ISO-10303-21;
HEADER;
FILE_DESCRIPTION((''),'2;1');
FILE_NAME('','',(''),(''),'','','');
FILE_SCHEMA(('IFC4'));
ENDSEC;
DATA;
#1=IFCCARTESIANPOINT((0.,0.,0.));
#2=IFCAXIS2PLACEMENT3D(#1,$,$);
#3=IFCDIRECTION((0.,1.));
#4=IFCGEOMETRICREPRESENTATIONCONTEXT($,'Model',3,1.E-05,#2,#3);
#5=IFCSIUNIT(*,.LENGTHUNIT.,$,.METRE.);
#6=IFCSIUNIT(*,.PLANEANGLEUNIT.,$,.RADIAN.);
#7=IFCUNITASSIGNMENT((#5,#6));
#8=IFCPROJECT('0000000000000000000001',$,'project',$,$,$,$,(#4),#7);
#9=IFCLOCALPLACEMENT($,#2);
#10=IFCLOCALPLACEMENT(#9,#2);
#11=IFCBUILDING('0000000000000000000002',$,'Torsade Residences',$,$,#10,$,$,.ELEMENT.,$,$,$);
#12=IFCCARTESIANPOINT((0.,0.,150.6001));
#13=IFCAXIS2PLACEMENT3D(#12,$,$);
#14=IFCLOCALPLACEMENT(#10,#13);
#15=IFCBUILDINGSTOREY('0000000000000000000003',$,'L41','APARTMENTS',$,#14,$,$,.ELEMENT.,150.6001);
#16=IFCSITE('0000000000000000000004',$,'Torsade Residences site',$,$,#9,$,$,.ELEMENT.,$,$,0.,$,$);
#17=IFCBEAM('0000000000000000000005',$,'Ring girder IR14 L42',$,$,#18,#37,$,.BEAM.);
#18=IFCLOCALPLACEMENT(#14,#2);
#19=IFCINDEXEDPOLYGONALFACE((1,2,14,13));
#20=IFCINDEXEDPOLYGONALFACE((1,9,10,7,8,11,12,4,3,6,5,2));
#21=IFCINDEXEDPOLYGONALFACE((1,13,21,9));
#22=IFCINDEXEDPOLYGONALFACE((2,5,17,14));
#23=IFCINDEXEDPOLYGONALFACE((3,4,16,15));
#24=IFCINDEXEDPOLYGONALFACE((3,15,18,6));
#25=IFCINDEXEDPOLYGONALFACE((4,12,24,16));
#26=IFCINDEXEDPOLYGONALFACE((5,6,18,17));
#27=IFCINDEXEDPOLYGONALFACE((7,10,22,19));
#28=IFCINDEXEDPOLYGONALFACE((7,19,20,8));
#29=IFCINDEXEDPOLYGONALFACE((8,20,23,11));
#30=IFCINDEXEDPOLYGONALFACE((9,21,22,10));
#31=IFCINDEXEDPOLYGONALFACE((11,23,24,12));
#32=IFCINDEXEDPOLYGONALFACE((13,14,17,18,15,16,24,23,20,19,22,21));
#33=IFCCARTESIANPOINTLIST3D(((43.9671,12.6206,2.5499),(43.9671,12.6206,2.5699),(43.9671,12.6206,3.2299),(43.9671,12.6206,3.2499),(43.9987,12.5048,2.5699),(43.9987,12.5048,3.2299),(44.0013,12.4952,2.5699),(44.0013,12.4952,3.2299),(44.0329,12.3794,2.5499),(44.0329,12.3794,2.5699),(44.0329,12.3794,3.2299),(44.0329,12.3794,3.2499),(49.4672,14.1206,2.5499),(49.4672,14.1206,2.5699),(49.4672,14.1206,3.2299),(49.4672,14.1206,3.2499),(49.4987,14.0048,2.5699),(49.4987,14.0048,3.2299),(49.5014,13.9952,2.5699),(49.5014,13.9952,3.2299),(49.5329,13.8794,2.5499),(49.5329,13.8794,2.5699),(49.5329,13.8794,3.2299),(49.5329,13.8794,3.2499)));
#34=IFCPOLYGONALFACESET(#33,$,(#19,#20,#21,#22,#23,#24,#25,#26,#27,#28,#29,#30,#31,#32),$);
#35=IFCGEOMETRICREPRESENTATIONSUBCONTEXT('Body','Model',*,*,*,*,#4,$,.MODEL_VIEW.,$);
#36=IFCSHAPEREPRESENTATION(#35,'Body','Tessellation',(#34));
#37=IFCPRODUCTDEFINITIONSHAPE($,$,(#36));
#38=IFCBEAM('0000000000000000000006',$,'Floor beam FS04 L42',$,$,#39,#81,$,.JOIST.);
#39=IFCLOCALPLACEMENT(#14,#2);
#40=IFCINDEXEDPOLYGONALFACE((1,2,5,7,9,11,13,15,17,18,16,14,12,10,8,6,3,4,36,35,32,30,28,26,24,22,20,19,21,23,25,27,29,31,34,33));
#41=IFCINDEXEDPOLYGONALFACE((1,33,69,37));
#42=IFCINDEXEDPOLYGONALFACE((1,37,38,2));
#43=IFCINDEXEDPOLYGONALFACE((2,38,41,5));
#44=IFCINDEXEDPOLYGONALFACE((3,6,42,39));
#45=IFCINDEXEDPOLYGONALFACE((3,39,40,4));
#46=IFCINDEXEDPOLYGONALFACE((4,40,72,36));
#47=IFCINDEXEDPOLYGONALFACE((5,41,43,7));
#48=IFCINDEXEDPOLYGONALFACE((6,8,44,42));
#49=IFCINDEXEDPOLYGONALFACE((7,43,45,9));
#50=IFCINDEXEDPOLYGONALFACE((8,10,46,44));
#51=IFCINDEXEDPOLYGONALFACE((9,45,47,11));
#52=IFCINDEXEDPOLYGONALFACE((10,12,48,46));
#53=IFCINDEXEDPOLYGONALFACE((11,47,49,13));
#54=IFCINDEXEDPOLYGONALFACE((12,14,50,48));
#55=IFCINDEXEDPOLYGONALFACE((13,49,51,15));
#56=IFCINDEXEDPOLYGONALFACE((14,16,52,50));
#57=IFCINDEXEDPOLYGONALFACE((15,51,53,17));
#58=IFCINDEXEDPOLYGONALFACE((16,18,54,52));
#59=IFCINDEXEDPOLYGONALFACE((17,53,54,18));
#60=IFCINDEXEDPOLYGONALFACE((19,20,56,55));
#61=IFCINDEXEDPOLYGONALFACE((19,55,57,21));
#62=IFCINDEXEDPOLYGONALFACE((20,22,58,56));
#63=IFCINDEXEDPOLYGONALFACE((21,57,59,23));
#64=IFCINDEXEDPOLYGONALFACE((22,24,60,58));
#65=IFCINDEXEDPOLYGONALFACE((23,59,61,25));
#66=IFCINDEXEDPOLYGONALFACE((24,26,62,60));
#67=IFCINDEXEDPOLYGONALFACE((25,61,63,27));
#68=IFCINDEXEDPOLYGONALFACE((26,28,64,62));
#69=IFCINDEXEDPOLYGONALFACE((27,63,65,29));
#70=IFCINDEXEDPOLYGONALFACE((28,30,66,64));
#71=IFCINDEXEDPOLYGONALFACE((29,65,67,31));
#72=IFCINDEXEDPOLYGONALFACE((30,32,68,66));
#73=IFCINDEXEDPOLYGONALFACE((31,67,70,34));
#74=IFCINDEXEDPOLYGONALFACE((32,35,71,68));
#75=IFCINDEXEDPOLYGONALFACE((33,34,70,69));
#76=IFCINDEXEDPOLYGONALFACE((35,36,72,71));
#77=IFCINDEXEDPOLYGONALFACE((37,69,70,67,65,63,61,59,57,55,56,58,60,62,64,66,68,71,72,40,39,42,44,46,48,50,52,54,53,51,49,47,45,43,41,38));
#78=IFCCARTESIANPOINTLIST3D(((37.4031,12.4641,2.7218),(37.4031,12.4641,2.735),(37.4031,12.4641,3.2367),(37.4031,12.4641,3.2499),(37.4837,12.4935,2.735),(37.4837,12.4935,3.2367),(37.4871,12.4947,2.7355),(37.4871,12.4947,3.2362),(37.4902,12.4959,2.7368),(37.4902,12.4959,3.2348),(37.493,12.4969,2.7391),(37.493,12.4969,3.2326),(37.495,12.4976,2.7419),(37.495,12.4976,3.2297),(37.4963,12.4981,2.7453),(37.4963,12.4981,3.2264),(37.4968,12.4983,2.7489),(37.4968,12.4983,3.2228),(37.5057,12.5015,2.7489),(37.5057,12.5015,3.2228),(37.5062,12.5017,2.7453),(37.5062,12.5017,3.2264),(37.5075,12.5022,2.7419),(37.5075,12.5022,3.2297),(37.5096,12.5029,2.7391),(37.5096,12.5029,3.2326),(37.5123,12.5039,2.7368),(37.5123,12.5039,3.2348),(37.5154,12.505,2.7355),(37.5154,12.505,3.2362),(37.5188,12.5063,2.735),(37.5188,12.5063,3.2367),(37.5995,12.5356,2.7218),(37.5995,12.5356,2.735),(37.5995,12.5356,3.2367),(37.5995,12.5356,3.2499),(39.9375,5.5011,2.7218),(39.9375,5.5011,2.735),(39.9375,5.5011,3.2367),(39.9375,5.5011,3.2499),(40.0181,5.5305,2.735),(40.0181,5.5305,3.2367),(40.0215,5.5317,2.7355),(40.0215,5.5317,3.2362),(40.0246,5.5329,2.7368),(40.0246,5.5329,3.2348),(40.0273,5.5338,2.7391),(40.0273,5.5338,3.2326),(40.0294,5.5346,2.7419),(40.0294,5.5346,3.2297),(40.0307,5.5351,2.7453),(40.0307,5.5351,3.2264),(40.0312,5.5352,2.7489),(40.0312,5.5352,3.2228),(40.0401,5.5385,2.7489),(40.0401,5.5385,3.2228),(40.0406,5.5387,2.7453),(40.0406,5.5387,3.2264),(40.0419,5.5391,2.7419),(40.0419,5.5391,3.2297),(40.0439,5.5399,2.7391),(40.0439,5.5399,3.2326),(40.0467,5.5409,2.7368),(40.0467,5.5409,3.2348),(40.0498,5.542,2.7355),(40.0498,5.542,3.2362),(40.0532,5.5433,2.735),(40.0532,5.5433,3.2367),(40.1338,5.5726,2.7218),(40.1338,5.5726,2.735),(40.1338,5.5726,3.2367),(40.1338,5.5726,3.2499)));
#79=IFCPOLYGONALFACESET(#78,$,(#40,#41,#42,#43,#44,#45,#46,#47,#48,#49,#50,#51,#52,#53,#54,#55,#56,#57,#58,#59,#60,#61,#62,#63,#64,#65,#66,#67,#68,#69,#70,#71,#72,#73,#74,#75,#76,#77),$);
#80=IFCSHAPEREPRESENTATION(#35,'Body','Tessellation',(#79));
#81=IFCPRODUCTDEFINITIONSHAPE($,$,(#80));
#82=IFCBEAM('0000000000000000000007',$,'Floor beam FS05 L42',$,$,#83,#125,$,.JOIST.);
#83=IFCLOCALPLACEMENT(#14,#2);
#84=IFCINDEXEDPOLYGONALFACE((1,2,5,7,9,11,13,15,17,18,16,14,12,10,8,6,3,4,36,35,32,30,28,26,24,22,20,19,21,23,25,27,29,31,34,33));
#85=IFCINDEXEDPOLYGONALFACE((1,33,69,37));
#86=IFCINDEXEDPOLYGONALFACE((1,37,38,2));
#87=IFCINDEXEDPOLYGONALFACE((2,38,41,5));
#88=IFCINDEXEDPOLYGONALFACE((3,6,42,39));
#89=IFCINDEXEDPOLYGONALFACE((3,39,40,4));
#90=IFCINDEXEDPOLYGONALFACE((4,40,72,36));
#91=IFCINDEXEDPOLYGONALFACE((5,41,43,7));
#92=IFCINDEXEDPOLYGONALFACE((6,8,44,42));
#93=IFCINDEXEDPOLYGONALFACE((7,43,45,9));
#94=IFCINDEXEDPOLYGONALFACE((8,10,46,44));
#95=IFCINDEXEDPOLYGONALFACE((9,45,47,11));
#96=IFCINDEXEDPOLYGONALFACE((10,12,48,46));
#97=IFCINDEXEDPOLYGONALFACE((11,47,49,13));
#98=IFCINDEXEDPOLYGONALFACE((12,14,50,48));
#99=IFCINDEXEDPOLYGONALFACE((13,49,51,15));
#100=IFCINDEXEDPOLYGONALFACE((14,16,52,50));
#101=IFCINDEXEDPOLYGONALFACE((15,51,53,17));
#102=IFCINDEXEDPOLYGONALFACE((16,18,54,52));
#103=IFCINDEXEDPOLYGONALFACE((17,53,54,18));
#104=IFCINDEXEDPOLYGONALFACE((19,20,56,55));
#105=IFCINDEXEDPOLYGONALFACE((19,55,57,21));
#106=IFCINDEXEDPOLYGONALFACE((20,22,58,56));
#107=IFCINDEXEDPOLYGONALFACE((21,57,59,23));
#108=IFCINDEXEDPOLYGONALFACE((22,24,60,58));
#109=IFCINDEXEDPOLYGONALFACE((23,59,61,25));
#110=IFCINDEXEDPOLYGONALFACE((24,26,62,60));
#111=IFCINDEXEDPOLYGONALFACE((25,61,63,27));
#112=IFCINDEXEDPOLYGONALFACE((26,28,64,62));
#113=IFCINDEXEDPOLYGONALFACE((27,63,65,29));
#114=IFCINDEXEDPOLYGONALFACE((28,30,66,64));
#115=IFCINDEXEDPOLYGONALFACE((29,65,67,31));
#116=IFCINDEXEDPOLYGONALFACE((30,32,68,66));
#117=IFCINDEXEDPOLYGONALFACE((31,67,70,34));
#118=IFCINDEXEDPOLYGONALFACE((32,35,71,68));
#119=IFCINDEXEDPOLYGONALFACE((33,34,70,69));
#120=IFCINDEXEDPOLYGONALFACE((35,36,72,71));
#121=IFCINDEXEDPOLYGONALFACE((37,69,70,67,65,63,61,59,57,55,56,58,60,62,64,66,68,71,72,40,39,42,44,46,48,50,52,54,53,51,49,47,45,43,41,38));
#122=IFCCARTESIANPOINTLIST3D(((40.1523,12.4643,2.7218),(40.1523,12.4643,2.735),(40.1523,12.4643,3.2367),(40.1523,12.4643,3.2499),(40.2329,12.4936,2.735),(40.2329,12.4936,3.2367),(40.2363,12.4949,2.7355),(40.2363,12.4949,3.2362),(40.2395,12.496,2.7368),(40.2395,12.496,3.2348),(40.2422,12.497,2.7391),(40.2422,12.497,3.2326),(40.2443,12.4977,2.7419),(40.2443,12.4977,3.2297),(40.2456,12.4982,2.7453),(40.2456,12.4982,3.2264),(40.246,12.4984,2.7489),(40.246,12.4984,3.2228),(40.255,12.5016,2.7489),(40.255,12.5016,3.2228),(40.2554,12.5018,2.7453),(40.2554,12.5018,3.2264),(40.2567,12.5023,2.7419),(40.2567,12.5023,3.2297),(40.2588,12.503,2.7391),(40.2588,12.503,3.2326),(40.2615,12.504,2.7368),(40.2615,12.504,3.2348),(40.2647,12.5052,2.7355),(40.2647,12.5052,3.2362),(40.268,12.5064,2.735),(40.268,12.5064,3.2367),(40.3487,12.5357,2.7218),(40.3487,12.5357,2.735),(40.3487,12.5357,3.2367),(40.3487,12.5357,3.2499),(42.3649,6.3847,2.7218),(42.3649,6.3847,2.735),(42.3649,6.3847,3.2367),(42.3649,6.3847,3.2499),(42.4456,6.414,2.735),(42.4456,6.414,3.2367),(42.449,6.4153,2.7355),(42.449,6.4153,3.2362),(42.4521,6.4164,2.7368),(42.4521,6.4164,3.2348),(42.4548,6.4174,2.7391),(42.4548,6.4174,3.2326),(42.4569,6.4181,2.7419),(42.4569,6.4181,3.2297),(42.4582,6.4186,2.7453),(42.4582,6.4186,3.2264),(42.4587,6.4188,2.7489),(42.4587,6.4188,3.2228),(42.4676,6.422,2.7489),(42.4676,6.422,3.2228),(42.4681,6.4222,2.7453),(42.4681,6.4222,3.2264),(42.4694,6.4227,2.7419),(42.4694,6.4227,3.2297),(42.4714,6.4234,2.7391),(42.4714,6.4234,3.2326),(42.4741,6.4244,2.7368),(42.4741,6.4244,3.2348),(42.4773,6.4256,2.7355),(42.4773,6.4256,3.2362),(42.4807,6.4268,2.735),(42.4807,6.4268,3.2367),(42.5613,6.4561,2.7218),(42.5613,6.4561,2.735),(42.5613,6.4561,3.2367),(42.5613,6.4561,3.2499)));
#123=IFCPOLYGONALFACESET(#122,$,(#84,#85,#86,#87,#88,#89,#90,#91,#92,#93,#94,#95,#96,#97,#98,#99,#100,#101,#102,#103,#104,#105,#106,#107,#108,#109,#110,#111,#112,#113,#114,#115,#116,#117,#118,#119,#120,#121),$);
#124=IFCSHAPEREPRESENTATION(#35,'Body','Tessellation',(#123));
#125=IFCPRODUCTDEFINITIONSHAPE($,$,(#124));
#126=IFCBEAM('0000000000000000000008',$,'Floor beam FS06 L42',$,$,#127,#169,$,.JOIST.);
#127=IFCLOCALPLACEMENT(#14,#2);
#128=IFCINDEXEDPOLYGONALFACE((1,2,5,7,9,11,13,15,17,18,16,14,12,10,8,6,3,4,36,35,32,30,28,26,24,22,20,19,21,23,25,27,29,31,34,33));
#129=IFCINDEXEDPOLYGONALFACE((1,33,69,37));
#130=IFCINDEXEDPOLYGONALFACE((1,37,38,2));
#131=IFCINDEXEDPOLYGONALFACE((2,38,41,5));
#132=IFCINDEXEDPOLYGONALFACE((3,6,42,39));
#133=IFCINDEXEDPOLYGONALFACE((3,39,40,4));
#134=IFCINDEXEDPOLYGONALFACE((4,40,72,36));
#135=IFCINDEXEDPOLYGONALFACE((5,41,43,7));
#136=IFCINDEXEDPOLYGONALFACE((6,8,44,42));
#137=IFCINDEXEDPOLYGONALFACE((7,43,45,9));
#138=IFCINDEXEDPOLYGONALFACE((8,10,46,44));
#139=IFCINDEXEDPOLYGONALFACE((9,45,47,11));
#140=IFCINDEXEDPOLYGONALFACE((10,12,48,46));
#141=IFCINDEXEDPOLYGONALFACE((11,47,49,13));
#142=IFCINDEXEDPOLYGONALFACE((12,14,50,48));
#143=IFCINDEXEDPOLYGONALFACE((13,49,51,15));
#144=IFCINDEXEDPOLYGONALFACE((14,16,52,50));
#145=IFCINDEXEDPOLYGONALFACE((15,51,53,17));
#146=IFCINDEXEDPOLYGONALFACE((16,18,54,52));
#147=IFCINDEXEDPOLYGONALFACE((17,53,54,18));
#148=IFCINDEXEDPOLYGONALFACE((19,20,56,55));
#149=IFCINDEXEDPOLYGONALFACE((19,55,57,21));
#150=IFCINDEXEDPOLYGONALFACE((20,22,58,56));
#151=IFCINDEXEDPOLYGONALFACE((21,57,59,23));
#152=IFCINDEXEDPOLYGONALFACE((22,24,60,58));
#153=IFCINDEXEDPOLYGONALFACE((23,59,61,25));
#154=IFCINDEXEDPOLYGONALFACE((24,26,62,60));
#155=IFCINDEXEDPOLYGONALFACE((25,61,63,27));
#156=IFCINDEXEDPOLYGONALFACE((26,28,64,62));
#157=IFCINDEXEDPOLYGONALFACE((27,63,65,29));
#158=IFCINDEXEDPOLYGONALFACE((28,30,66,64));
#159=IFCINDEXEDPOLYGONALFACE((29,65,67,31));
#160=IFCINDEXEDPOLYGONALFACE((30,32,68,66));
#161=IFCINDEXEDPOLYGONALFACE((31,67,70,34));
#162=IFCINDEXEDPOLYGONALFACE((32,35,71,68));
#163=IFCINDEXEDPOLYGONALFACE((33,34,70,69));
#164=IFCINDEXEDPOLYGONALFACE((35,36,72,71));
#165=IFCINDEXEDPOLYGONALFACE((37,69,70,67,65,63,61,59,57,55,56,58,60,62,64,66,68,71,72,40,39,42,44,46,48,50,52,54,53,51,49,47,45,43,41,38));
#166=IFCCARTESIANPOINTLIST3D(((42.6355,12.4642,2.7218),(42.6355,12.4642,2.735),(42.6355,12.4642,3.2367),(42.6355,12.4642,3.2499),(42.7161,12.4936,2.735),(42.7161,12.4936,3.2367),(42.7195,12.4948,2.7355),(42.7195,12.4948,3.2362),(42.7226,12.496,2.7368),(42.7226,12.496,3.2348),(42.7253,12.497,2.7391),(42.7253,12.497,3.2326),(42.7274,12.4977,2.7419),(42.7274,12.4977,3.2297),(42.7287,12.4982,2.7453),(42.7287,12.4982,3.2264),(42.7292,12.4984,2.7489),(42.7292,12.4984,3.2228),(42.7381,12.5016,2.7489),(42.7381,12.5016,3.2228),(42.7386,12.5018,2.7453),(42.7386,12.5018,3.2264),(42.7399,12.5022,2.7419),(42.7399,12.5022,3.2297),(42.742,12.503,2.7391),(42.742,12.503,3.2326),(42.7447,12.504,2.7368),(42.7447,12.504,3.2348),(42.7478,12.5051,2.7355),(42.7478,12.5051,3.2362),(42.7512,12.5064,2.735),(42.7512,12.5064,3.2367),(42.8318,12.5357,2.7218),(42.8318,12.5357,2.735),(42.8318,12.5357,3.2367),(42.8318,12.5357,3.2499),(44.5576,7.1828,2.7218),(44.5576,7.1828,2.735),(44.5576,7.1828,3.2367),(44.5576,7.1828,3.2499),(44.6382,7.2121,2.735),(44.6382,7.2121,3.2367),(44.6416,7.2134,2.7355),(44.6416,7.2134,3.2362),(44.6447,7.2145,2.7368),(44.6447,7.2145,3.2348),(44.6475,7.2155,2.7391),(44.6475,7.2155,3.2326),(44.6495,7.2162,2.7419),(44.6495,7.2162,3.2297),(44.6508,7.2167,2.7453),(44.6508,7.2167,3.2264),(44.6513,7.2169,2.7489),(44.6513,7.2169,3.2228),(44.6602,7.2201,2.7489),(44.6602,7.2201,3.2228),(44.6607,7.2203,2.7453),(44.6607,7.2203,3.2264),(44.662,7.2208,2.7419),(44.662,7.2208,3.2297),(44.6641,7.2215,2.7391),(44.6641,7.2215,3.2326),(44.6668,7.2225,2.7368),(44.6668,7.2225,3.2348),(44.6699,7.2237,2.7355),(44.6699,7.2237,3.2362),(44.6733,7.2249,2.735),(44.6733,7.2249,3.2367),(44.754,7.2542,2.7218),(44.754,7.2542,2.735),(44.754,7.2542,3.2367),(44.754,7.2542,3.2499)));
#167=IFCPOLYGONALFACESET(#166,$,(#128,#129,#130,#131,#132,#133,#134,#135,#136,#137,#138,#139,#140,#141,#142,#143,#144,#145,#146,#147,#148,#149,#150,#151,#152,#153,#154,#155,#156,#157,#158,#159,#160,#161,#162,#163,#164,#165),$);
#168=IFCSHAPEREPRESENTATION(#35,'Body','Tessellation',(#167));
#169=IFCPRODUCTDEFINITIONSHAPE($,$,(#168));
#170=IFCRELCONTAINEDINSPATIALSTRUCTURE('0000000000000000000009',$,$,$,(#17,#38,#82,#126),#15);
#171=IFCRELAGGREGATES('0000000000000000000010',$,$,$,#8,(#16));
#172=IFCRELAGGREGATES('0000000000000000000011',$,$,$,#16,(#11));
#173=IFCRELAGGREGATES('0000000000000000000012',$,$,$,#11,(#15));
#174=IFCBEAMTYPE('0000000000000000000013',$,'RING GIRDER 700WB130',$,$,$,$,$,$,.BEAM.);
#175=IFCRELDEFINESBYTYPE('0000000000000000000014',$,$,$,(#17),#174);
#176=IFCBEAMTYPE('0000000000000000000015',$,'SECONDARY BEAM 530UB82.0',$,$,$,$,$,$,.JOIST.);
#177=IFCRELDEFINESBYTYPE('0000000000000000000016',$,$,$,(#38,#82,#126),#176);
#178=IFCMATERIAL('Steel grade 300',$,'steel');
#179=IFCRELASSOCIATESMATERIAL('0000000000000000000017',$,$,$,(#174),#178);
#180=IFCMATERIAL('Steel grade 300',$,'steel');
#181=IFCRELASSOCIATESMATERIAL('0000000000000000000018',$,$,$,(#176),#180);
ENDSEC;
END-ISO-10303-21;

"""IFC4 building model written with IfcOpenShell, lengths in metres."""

from ifc_helpers import new_model, si_unit, direction, frame, origin, origin_2d, place, context, subcontext, project, spatial, i_section, extrude, material, material_profile, profile_set, type_object, element, save


model = new_model("IFC4")

# Units and contexts
model_context = context("Model", 3, precision=1e-05, world=origin(), true_north=direction((0.0, 1.0)))
body_context = subcontext(model_context, "Body", "Model", "MODEL_VIEW")
ifc_project = project(units=[si_unit("LENGTHUNIT", "METRE"), si_unit("PLANEANGLEUNIT", "RADIAN")], contexts=[model_context])

# Site, building, storey
site_placement = place(None, origin())
site = spatial("IfcSite", under=ifc_project, at=site_placement, Name="Torsade Residences site", CompositionType="ELEMENT", RefElevation=0.0)
building_placement = place(site_placement, origin())
building = spatial("IfcBuilding", under=site, at=building_placement, Name="Torsade Residences", CompositionType="ELEMENT")
storey_placement = place(building_placement, frame((0.0, 0.0, 150.6001)))
storey = spatial("IfcBuildingStorey", under=building, at=storey_placement, Name="L41", Description="APARTMENTS", CompositionType="ELEMENT", Elevation=150.6001)

# Beams
ifc_material_1 = material(Name="Steel grade 300", Category="steel")
ifc_material_profile_1 = material_profile(ifc_material_1, i_section(OverallWidth=0.25, OverallDepth=0.7, WebThickness=0.01, FlangeThickness=0.02, at=origin_2d()), Name="700WB130")
ifc_profile_set_1 = profile_set([ifc_material_profile_1], Name="Steel grade 300")
beam_type_1 = type_object("IfcBeamType", Name="RING GIRDER 700WB130", PredefinedType="BEAM", material=ifc_profile_set_1)
beam_1_placement = place(storey_placement, frame((44.0, 12.5, 2.8999), z_axis=(0.964764, 0.263117, 0.0), x_axis=(-0.263117, 0.964764, 0.0)))
element("IfcBeam", 1, at=beam_1_placement, inside=storey, type_object=beam_type_1, Name="Ring girder IR14 L42", PredefinedType="BEAM", context=body_context, shape_type="SweptSolid", body=[
    extrude(i_section(OverallWidth=0.25, OverallDepth=0.7, WebThickness=0.01, FlangeThickness=0.02, at=origin_2d()), origin(), (0.0, 0.0, 1.0), 5.7009),
])
ifc_material_2 = material(Name="Steel grade 300", Category="steel")
ifc_material_profile_2 = material_profile(ifc_material_2, i_section(OverallWidth=0.209, OverallDepth=0.5281, WebThickness=0.0095, FlangeThickness=0.0132, FilletRadius=0.0139, at=origin_2d()), Name="530UB82.0")
ifc_profile_set_2 = profile_set([ifc_material_profile_2], Name="Steel grade 300")
beam_type_2 = type_object("IfcBeamType", Name="SECONDARY BEAM 530UB82.0", PredefinedType="JOIST", material=ifc_profile_set_2)
beam_2_placement = place(storey_placement, frame((40.0356, 5.5369, 2.9858), z_axis=(-0.342026, 0.93969, 0.0), x_axis=(-0.93969, -0.342026, 0.0)))
element("IfcBeam", 2, at=beam_2_placement, inside=storey, type_object=beam_type_2, Name="Floor beam FS04 L42", PredefinedType="JOIST", context=body_context, shape_type="SweptSolid", body=[
    extrude(i_section(OverallWidth=0.209, OverallDepth=0.5281, WebThickness=0.0095, FlangeThickness=0.0132, FilletRadius=0.0139, at=origin_2d()), origin(), (0.0, 0.0, 1.0), 7.4099),
])
beam_3_placement = place(storey_placement, frame((42.4631, 6.4204, 2.9858), z_axis=(-0.342001, 0.9397, 0.0), x_axis=(-0.9397, -0.342001, 0.0)))
element("IfcBeam", 3, at=beam_3_placement, inside=storey, type_object=beam_type_2, Name="Floor beam FS05 L42", PredefinedType="JOIST", context=body_context, shape_type="SweptSolid", body=[
    extrude(i_section(OverallWidth=0.209, OverallDepth=0.5281, WebThickness=0.0095, FlangeThickness=0.0132, FilletRadius=0.0139, at=origin_2d()), origin(), (0.0, 0.0, 1.0), 6.4697),
])
beam_4_placement = place(storey_placement, frame((44.6558, 7.2185, 2.9858), z_axis=(-0.341991, 0.939703, 0.0), x_axis=(-0.939703, -0.341991, 0.0)))
element("IfcBeam", 4, at=beam_4_placement, inside=storey, type_object=beam_type_2, Name="Floor beam FS06 L42", PredefinedType="JOIST", context=body_context, shape_type="SweptSolid", body=[
    extrude(i_section(OverallWidth=0.209, OverallDepth=0.5281, WebThickness=0.0095, FlangeThickness=0.0132, FilletRadius=0.0139, at=origin_2d()), origin(), (0.0, 0.0, 1.0), 5.6204),
])

save(model, "model.ifc")
